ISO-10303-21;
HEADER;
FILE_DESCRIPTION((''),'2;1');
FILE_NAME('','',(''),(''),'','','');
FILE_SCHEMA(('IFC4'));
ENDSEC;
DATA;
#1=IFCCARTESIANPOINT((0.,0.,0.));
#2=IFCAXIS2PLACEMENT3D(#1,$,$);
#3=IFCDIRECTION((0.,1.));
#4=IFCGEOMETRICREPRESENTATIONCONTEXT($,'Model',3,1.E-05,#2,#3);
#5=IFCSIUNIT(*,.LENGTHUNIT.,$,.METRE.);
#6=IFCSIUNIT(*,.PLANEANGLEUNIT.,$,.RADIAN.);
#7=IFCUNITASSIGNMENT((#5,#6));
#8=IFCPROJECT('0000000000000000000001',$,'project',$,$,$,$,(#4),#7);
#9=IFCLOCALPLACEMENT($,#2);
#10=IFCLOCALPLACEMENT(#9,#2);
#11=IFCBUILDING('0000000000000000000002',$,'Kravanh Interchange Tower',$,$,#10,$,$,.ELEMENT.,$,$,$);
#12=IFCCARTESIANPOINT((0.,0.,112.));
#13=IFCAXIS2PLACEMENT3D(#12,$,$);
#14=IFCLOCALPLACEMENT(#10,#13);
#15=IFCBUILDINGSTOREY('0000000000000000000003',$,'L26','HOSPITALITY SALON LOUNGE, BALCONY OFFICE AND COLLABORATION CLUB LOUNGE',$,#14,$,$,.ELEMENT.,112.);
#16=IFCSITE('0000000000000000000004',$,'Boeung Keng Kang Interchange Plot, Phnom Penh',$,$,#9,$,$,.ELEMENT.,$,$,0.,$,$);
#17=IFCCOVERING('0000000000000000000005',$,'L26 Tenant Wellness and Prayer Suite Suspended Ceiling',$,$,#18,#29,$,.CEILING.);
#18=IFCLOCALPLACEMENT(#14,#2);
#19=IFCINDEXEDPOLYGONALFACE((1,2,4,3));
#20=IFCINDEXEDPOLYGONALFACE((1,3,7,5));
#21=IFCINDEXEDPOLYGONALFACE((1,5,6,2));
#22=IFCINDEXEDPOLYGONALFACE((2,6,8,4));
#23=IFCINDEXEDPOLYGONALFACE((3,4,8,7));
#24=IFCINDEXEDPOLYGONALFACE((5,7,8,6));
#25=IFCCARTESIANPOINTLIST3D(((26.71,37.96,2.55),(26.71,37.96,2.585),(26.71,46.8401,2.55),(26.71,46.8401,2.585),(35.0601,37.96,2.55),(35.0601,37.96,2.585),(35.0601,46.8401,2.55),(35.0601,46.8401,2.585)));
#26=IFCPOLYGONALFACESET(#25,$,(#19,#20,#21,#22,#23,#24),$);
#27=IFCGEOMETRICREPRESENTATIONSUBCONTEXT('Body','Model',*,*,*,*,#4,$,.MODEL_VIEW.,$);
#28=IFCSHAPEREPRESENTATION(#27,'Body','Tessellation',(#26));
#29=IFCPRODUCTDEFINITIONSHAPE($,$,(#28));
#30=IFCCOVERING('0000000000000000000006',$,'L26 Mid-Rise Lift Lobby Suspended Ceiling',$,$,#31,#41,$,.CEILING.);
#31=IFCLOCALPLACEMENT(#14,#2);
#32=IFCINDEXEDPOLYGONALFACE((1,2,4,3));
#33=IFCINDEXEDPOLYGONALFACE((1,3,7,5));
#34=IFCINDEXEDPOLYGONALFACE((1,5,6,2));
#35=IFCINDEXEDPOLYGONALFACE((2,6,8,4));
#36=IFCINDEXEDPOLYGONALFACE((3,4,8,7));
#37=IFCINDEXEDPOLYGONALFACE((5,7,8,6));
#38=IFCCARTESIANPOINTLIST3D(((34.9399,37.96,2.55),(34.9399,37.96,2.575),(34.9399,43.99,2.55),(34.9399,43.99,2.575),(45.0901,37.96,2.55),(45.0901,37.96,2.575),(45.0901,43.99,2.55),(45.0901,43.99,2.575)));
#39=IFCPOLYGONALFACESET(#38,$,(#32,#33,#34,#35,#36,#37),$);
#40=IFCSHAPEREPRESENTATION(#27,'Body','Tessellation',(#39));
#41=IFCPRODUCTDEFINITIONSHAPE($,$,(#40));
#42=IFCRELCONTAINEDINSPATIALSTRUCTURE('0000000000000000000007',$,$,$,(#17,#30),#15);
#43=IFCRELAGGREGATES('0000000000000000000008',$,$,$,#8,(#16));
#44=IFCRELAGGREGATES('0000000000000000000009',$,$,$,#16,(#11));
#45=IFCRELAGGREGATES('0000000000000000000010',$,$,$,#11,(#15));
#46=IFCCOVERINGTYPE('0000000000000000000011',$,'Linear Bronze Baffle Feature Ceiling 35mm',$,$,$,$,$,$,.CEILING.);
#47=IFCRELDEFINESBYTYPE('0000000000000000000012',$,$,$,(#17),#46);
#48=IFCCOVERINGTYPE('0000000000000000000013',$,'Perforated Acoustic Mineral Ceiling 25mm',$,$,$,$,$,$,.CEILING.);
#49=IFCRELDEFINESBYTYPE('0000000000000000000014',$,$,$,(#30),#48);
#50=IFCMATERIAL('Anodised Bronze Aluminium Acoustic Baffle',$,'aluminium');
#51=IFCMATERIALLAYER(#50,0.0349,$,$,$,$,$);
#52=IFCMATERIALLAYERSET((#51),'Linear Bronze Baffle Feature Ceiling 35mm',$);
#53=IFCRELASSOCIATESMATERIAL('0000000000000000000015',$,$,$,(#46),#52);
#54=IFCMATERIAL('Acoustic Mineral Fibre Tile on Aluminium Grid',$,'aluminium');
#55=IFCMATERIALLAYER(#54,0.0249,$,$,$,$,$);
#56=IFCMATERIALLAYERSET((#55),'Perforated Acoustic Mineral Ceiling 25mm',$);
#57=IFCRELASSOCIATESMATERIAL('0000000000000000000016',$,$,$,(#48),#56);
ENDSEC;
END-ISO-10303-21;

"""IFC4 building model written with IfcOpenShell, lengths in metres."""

from ifc_helpers import new_model, si_unit, direction, frame, origin, place, context, subcontext, project, spatial, polyline, outline, extrude, material, layer, layer_set, type_object, element, save


model = new_model("IFC4")

# Units and contexts
model_context = context("Model", 3, precision=1e-05, world=origin(), true_north=direction((0.0, 1.0)))
body_context = subcontext(model_context, "Body", "Model", "MODEL_VIEW")
ifc_project = project(units=[si_unit("LENGTHUNIT", "METRE"), si_unit("PLANEANGLEUNIT", "RADIAN")], contexts=[model_context])

# Site, building, storey
site_placement = place(None, origin())
site = spatial("IfcSite", under=ifc_project, at=site_placement, Name="Boeung Keng Kang Interchange Plot, Phnom Penh", CompositionType="ELEMENT", RefElevation=0.0)
building_placement = place(site_placement, origin())
building = spatial("IfcBuilding", under=site, at=building_placement, Name="Kravanh Interchange Tower", CompositionType="ELEMENT")
storey_placement = place(building_placement, frame((0.0, 0.0, 112.0)))
storey = spatial("IfcBuildingStorey", under=building, at=storey_placement, Name="L26", Description="HOSPITALITY SALON LOUNGE, BALCONY OFFICE AND COLLABORATION CLUB LOUNGE", CompositionType="ELEMENT", Elevation=112.0)

# Coverings
ifc_material_1 = material(Name="Anodised Bronze Aluminium Acoustic Baffle", Category="aluminium")
ifc_layer_1 = layer(ifc_material_1, 0.0349)
ifc_layer_set_1 = layer_set([ifc_layer_1], Name="Linear Bronze Baffle Feature Ceiling 35mm")
covering_type_1 = type_object("IfcCoveringType", Name="Linear Bronze Baffle Feature Ceiling 35mm", PredefinedType="CEILING", material=ifc_layer_set_1)
covering_1_placement = place(storey_placement, frame((0.0, 0.0, 2.55)))
element("IfcCovering", 1, at=covering_1_placement, inside=storey, type_object=covering_type_1, Name="L26 Tenant Wellness and Prayer Suite Suspended Ceiling", PredefinedType="CEILING", context=body_context, shape_type="SweptSolid", body=[
    extrude(outline(polyline([(35.0601, 37.96), (26.71, 37.96), (26.71, 46.8401), (35.0601, 46.8401), (35.0601, 37.96)])), origin(), (0.0, 0.0, 1.0), 0.0349),
])
ifc_material_2 = material(Name="Acoustic Mineral Fibre Tile on Aluminium Grid", Category="aluminium")
ifc_layer_2 = layer(ifc_material_2, 0.0249)
ifc_layer_set_2 = layer_set([ifc_layer_2], Name="Perforated Acoustic Mineral Ceiling 25mm")
covering_type_2 = type_object("IfcCoveringType", Name="Perforated Acoustic Mineral Ceiling 25mm", PredefinedType="CEILING", material=ifc_layer_set_2)
covering_2_placement = place(storey_placement, frame((0.0, 0.0, 2.55)))
element("IfcCovering", 2, at=covering_2_placement, inside=storey, type_object=covering_type_2, Name="L26 Mid-Rise Lift Lobby Suspended Ceiling", PredefinedType="CEILING", context=body_context, shape_type="SweptSolid", body=[
    extrude(outline(polyline([(45.0901, 37.96), (34.9399, 37.96), (34.9399, 43.99), (45.0901, 43.99), (45.0901, 37.96)])), origin(), (0.0, 0.0, 1.0), 0.0249),
])

save(model, "model.ifc")
